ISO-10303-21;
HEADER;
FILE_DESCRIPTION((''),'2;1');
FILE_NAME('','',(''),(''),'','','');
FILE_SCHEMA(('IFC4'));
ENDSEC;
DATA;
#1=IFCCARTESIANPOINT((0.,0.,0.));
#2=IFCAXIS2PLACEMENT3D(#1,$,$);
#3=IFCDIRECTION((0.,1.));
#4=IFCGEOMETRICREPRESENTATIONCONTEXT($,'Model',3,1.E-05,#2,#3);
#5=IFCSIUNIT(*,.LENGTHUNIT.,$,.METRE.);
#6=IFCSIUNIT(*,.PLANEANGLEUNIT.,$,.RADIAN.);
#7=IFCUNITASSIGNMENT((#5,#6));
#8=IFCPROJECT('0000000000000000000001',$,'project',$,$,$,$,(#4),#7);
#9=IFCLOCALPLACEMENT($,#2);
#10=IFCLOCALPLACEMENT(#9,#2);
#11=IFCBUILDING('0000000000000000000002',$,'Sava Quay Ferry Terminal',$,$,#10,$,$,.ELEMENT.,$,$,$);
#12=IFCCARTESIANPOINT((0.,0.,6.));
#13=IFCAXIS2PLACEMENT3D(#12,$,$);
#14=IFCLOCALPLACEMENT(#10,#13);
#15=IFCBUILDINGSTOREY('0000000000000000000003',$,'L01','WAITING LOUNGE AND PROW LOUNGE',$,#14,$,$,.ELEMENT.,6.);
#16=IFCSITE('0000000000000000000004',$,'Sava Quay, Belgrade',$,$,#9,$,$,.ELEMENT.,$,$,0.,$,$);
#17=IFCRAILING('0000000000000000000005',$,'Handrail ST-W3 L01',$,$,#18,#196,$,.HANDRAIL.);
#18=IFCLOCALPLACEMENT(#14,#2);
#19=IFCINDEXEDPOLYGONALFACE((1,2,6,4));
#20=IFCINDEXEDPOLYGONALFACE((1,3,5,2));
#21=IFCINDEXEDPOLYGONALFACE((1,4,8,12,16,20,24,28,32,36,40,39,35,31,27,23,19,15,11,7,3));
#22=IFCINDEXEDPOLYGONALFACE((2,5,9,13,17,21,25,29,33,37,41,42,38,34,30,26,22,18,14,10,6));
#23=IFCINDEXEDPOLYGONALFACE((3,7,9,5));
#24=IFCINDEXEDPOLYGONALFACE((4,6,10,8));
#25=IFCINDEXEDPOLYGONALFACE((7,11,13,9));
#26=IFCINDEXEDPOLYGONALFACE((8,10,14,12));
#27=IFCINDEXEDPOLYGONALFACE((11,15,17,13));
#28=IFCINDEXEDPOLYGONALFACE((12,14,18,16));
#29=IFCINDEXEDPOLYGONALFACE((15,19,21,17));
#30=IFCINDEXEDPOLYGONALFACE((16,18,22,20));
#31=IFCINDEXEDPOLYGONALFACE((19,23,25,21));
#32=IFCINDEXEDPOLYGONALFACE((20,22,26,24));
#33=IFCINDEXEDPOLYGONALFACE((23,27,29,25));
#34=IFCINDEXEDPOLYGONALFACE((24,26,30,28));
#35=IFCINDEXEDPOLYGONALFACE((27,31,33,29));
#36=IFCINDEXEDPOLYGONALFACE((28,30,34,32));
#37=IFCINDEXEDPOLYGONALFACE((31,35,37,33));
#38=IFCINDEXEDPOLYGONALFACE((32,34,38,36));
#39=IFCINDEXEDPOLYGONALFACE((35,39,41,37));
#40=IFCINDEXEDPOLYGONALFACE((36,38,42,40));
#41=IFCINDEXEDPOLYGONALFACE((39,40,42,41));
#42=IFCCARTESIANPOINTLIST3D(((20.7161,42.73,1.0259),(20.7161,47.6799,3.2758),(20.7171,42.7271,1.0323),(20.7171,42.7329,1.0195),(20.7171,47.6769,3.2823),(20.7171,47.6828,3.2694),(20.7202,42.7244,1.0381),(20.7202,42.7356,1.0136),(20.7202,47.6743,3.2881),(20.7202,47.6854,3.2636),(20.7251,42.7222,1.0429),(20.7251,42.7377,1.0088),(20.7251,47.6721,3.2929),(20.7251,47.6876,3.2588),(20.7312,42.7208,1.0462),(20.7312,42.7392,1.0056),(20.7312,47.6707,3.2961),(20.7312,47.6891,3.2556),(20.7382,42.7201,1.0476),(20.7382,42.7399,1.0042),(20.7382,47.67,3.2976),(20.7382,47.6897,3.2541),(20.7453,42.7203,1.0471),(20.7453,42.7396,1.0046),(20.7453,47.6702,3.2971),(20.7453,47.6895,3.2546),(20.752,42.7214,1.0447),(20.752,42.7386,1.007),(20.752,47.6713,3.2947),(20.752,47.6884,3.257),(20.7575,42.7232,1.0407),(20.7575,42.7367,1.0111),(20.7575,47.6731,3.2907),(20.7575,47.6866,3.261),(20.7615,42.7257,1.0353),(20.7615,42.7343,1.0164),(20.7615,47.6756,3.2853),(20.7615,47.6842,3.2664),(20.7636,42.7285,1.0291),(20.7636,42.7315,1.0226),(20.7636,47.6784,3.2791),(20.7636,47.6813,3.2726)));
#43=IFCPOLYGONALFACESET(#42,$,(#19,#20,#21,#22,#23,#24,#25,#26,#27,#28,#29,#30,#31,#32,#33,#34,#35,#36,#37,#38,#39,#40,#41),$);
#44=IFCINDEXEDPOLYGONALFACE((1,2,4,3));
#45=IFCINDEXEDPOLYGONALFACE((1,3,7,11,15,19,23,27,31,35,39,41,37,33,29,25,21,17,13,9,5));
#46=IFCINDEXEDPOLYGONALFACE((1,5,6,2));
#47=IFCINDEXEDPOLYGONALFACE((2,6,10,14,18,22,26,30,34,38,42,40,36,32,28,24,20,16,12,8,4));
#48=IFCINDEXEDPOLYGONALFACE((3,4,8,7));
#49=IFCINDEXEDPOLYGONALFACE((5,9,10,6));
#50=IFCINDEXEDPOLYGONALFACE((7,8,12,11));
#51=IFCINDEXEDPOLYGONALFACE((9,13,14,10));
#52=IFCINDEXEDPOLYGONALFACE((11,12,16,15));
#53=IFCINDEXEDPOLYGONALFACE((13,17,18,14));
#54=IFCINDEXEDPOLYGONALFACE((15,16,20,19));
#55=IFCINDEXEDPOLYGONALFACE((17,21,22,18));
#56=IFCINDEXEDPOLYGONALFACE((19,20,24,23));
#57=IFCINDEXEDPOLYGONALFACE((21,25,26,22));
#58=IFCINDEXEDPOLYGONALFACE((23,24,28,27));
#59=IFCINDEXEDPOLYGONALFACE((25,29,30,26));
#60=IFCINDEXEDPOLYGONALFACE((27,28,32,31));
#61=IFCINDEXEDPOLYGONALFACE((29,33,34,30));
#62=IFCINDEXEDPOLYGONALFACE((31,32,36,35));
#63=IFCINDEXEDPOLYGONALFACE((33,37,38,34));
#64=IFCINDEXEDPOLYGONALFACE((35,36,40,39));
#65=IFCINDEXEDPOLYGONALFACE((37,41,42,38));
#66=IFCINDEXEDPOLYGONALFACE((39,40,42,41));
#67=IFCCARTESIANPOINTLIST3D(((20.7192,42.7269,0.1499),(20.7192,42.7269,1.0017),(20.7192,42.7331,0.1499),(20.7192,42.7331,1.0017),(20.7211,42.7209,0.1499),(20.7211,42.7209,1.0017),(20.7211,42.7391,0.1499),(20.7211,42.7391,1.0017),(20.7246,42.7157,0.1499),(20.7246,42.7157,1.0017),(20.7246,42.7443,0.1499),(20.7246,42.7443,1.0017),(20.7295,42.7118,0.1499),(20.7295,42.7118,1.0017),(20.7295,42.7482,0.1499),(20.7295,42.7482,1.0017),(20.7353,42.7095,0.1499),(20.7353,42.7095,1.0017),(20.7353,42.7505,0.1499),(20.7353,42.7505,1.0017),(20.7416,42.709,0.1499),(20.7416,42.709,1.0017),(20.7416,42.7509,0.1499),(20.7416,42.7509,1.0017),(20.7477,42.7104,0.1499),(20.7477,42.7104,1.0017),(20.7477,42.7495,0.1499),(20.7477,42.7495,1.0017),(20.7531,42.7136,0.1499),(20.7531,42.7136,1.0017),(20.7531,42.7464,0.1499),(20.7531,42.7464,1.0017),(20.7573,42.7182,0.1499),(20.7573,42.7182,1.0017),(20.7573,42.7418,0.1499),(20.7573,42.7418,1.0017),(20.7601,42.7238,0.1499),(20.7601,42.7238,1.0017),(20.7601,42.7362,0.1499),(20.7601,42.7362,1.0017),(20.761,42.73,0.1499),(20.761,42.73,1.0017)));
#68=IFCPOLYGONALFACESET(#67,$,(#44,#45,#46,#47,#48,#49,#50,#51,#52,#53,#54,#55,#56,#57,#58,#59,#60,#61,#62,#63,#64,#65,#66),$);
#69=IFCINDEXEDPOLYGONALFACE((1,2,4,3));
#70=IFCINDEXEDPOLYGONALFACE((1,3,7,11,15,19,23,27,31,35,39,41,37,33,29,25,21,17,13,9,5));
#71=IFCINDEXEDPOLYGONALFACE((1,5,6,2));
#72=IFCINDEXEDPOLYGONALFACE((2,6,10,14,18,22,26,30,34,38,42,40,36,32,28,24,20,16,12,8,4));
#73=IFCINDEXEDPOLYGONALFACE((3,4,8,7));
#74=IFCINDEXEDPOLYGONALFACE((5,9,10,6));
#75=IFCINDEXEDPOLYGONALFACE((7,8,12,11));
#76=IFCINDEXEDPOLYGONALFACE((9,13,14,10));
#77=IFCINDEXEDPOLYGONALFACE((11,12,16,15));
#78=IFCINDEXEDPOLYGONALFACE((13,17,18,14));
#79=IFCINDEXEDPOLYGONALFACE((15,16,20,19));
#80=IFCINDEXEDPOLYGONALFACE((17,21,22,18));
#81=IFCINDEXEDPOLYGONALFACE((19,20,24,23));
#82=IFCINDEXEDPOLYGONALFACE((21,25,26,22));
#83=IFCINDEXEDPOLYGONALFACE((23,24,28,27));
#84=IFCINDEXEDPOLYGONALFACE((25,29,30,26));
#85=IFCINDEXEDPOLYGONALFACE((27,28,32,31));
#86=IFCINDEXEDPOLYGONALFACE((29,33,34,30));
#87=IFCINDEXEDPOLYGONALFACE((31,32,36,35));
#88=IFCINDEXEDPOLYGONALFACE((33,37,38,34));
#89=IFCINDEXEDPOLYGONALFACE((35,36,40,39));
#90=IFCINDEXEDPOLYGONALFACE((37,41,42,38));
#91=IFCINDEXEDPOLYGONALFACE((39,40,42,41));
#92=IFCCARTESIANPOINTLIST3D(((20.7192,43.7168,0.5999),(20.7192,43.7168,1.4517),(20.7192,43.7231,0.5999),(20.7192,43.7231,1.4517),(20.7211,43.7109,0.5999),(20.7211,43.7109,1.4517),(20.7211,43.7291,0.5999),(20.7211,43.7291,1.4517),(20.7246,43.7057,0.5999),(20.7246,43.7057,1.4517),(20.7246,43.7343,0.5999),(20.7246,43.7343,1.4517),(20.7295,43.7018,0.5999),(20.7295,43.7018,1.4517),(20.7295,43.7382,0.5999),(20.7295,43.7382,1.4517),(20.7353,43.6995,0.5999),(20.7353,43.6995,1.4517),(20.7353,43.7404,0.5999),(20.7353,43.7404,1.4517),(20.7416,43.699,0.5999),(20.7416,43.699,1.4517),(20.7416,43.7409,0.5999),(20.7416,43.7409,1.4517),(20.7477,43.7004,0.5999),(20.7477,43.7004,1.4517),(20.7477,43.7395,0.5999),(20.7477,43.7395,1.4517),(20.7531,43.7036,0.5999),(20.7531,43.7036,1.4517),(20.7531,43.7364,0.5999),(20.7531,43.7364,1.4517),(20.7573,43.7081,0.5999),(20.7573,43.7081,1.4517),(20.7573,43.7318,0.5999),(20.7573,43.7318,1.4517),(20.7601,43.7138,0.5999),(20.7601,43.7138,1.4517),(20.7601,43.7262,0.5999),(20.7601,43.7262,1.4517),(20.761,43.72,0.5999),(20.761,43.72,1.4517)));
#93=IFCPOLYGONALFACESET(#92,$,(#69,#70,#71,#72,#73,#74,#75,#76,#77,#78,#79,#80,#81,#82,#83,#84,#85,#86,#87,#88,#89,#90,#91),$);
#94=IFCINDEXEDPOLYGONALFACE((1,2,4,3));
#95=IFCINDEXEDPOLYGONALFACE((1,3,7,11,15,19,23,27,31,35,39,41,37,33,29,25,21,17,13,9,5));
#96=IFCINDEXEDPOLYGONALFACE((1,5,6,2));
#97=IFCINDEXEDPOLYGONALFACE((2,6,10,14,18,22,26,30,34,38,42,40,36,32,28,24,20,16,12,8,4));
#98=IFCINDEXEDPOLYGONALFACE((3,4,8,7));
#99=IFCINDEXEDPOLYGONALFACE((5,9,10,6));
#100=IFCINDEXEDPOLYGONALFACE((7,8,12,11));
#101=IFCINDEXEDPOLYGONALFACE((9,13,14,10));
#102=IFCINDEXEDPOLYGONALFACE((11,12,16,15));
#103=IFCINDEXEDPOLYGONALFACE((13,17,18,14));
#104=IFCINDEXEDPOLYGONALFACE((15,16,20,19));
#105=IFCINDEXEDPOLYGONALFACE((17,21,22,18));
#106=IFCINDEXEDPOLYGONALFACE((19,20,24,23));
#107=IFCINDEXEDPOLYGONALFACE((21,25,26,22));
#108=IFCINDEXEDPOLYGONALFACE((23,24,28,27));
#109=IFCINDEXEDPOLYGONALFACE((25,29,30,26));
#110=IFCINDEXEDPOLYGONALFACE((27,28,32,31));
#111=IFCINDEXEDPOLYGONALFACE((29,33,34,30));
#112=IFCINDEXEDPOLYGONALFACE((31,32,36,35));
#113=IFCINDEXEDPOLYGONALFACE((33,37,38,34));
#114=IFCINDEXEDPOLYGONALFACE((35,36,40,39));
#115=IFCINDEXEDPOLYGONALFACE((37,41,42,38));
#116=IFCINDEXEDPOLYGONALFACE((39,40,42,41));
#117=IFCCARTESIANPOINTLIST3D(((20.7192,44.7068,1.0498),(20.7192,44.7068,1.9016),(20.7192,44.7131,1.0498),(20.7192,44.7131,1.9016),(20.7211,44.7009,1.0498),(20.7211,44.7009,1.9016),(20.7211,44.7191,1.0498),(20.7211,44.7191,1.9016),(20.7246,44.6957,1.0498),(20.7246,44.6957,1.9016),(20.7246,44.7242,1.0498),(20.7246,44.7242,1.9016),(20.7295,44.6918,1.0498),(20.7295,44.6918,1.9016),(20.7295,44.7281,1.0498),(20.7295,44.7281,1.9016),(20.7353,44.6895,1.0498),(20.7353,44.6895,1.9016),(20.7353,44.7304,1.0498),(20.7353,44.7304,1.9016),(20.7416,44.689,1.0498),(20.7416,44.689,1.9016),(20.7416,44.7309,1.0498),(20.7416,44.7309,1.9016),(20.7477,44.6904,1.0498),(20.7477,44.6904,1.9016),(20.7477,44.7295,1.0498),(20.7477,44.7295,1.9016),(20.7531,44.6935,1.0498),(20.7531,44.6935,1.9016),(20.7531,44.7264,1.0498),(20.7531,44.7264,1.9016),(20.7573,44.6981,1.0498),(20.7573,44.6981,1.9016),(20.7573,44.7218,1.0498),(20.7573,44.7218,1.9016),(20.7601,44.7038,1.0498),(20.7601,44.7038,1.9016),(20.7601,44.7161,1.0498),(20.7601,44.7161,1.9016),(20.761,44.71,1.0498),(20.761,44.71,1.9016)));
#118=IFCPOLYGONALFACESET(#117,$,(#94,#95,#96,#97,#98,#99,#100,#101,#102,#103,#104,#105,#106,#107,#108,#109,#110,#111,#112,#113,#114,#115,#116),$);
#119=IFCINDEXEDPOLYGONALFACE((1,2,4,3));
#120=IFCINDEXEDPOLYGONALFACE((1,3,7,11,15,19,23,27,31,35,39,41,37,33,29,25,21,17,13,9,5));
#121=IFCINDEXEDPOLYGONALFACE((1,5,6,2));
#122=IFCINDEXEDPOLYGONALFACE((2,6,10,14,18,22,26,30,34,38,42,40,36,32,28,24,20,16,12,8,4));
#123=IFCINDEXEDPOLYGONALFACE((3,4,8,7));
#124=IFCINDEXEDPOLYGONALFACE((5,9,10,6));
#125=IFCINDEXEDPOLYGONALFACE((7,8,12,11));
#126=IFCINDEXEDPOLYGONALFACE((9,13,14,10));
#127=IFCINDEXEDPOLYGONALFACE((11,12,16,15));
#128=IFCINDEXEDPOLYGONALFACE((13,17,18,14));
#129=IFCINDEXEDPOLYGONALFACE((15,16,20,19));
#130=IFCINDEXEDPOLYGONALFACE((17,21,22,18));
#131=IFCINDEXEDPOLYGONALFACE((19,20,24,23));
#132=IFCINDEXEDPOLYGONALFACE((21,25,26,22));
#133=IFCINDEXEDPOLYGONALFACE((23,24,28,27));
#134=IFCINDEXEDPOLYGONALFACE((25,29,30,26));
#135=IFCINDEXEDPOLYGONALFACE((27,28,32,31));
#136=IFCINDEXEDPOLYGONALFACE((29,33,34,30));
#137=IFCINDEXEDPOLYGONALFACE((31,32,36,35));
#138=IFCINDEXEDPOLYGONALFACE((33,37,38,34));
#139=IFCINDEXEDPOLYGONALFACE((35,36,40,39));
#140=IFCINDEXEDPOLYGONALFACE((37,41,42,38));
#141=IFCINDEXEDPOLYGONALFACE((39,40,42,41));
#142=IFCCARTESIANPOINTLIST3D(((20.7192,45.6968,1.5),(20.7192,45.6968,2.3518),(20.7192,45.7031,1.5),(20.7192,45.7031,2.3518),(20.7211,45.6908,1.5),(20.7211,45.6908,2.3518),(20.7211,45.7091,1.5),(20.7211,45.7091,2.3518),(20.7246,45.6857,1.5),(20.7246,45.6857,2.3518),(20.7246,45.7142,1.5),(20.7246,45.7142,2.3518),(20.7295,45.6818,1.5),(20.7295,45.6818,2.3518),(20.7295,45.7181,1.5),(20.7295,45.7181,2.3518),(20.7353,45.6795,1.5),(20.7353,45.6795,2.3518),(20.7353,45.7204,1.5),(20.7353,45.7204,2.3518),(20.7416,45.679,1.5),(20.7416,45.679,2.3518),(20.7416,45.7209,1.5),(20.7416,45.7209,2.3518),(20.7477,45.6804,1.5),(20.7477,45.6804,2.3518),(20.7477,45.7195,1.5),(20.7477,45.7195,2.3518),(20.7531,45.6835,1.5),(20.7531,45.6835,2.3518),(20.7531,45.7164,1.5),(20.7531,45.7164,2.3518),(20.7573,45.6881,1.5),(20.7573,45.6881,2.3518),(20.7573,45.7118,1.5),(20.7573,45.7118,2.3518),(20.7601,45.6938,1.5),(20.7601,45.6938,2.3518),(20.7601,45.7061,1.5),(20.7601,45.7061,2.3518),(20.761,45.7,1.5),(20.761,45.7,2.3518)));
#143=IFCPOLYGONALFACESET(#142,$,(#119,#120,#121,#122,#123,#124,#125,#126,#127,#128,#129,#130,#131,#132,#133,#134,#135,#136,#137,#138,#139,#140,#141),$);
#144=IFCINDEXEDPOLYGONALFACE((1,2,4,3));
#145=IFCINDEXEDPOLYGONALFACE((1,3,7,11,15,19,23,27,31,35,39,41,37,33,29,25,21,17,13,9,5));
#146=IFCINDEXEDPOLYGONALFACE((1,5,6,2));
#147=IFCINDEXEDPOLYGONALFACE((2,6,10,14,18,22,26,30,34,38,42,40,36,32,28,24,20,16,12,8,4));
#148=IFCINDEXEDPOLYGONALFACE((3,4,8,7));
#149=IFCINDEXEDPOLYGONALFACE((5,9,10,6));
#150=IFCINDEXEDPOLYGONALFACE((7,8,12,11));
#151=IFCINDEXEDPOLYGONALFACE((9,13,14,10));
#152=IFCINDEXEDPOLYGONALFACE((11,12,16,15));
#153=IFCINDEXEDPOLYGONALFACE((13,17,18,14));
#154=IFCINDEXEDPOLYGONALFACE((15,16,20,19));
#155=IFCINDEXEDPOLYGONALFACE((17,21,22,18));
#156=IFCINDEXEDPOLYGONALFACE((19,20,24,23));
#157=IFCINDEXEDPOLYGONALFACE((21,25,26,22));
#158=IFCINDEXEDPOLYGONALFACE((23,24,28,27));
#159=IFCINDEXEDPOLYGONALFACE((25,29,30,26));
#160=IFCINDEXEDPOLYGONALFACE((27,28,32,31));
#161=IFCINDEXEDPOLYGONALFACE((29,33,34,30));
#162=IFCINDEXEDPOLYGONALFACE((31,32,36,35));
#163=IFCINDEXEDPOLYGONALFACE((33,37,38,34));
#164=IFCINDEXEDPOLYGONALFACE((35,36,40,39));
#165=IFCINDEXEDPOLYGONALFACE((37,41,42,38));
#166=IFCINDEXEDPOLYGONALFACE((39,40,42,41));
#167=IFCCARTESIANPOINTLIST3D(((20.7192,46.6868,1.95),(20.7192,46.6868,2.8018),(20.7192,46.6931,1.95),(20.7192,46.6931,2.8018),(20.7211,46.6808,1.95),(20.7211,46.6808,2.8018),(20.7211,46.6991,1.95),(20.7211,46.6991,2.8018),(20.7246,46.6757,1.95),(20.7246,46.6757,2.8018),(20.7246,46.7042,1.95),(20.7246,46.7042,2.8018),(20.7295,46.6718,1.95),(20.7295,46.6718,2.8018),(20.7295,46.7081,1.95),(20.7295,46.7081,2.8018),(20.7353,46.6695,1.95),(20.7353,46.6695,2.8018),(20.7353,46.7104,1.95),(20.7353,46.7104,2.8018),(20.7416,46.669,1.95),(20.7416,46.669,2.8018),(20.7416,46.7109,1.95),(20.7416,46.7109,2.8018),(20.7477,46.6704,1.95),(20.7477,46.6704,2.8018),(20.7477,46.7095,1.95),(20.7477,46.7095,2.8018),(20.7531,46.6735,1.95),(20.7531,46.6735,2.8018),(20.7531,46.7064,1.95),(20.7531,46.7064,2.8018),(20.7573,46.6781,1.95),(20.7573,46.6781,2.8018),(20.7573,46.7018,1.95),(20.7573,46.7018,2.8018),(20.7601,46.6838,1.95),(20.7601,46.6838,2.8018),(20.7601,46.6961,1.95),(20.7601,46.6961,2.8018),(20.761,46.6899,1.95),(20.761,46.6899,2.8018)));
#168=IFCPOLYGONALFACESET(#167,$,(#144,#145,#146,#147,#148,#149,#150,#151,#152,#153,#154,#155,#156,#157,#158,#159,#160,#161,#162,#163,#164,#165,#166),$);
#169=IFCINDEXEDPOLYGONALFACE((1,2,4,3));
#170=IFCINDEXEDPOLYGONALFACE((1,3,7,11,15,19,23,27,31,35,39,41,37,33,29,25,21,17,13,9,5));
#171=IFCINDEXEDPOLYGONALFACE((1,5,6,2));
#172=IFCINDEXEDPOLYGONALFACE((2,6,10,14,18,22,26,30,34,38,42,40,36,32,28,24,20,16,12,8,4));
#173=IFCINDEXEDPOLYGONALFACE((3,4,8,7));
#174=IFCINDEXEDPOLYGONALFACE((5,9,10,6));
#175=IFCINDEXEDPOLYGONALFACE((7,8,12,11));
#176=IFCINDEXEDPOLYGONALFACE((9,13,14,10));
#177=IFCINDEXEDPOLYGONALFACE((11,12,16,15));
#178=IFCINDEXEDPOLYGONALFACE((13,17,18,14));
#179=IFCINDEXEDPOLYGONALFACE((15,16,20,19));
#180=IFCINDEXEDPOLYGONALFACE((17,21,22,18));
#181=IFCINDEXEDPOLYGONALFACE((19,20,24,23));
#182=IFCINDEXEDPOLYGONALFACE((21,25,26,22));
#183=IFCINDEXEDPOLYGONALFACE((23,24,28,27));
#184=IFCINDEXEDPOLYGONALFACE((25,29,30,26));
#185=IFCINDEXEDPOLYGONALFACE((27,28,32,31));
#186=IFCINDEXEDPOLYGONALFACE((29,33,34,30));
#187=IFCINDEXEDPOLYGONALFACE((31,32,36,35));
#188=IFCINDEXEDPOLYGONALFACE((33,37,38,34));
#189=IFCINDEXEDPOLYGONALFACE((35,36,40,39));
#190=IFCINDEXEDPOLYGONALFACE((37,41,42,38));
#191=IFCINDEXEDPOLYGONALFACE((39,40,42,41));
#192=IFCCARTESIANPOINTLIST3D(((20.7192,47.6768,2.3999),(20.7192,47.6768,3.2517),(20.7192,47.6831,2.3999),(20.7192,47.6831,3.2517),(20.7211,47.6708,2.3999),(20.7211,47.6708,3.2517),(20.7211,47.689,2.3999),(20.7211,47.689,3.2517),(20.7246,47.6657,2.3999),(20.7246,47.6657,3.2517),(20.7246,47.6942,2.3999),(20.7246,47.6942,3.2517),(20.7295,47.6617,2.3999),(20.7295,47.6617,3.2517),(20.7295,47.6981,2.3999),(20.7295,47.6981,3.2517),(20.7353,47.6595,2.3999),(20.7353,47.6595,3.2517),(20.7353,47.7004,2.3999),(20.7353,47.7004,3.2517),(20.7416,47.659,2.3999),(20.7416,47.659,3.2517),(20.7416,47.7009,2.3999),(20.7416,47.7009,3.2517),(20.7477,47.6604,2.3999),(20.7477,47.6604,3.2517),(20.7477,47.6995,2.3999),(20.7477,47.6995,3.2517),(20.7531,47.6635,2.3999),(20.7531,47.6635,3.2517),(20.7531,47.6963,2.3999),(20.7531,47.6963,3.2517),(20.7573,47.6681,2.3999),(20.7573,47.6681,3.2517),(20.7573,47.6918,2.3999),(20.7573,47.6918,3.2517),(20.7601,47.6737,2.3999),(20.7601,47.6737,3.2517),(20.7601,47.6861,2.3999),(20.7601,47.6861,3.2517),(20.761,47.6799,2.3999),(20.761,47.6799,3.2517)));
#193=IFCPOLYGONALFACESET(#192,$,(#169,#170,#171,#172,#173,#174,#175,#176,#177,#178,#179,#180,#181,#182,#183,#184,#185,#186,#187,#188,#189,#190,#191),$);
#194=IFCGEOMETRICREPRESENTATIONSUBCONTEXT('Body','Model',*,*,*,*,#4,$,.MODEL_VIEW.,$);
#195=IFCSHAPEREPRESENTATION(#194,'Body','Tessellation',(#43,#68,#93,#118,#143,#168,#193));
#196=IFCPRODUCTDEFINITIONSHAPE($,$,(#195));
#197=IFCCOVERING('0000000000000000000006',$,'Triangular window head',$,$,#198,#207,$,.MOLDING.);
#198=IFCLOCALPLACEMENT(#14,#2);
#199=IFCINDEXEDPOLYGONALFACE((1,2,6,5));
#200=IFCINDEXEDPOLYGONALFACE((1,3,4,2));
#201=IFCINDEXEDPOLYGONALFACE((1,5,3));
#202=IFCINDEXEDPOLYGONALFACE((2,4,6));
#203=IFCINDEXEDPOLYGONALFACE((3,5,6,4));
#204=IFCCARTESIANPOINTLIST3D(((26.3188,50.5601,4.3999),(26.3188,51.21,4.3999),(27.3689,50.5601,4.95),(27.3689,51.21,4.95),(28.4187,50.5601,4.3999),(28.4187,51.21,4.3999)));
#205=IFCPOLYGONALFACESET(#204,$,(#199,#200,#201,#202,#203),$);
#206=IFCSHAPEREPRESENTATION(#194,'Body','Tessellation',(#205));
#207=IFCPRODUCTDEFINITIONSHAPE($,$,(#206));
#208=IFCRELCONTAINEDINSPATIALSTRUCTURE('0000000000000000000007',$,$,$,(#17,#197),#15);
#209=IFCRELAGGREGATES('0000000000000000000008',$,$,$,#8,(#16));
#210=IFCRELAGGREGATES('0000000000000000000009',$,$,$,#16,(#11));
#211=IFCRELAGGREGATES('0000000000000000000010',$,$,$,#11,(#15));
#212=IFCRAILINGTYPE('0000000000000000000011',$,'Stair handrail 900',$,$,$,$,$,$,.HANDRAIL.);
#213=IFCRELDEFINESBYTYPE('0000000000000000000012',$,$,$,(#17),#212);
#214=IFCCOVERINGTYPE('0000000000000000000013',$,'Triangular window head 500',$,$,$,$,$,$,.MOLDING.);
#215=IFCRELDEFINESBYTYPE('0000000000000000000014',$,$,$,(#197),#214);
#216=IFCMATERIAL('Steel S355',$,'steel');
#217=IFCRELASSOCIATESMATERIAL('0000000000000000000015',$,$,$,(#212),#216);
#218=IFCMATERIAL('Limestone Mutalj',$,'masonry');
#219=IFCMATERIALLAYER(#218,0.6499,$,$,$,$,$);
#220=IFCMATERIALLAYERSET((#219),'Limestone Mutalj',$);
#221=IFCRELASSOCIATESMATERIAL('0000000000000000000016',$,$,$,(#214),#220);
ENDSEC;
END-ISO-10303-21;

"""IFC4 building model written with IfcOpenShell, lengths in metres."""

from ifc_helpers import new_model, si_unit, direction, frame, origin, origin_2d, place, context, subcontext, project, spatial, polyline, circle, outline, extrude, material, layer, layer_set, type_object, element, save


model = new_model("IFC4")

# Units and contexts
model_context = context("Model", 3, precision=1e-05, world=origin(), true_north=direction((0.0, 1.0)))
body_context = subcontext(model_context, "Body", "Model", "MODEL_VIEW")
ifc_project = project(units=[si_unit("LENGTHUNIT", "METRE"), si_unit("PLANEANGLEUNIT", "RADIAN")], contexts=[model_context])

# Site, building, storey
site_placement = place(None, origin())
site = spatial("IfcSite", under=ifc_project, at=site_placement, Name="Sava Quay, Belgrade", CompositionType="ELEMENT", RefElevation=0.0)
building_placement = place(site_placement, origin())
building = spatial("IfcBuilding", under=site, at=building_placement, Name="Sava Quay Ferry Terminal", CompositionType="ELEMENT")
storey_placement = place(building_placement, frame((0.0, 0.0, 6.0)))
storey = spatial("IfcBuildingStorey", under=building, at=storey_placement, Name="L01", Description="WAITING LOUNGE AND PROW LOUNGE", CompositionType="ELEMENT", Elevation=6.0)

# Railing
ifc_material_1 = material(Name="Steel S355", Category="steel")
railing_type_1 = type_object("IfcRailingType", Name="Stair handrail 900", PredefinedType="HANDRAIL", material=ifc_material_1)
railing_1_placement = place(storey_placement, frame((20.74, 42.73, 0.1499)))
element("IfcRailing", 1, at=railing_1_placement, inside=storey, type_object=railing_type_1, Name="Handrail ST-W3 L01", PredefinedType="HANDRAIL", context=body_context, shape_type="SweptSolid", body=[
    extrude(circle(Radius=0.0239, at=origin_2d()), frame((0.0, 0.0, 0.876), z_axis=(0.0, 0.910365, 0.413806), x_axis=(-1.0, 0.0, 0.0)), (0.0, 0.0, 1.0), 5.4373),
    extrude(circle(Radius=0.021, at=origin_2d()), origin(), (0.0, 0.0, 1.0), 0.8518),
    extrude(circle(Radius=0.021, at=origin_2d()), frame((0.0, 0.99, 0.45)), (0.0, 0.0, 1.0), 0.8518),
    extrude(circle(Radius=0.021, at=origin_2d()), frame((0.0, 1.98, 0.8999)), (0.0, 0.0, 1.0), 0.8518),
    extrude(circle(Radius=0.021, at=origin_2d()), frame((0.0, 2.97, 1.3501)), (0.0, 0.0, 1.0), 0.8518),
    extrude(circle(Radius=0.021, at=origin_2d()), frame((0.0, 3.96, 1.8)), (0.0, 0.0, 1.0), 0.8518),
    extrude(circle(Radius=0.021, at=origin_2d()), frame((0.0, 4.95, 2.25)), (0.0, 0.0, 1.0), 0.8518),
])

# Covering
ifc_material_2 = material(Name="Limestone Mutalj", Category="masonry")
ifc_layer_1 = layer(ifc_material_2, 0.6499)
ifc_layer_set_1 = layer_set([ifc_layer_1], Name="Limestone Mutalj")
covering_type_1 = type_object("IfcCoveringType", Name="Triangular window head 500", PredefinedType="MOLDING", material=ifc_layer_set_1)
covering_1_placement = place(storey_placement, frame((26.3188, 50.5601, 4.3999), z_axis=(0.0, -1.0, 0.0), x_axis=(1.0, 0.0, 0.0)))
element("IfcCovering", 2, at=covering_1_placement, inside=storey, type_object=covering_type_1, Name="Triangular window head", PredefinedType="MOLDING", context=body_context, shape_type="SweptSolid", body=[
    extrude(outline(polyline([(0.0, 0.0), (2.0999, 0.0), (1.05, 0.55), (0.0, 0.0)])), origin(), (0.0, 0.0, -1.0), 0.6499),
])

save(model, "model.ifc")
